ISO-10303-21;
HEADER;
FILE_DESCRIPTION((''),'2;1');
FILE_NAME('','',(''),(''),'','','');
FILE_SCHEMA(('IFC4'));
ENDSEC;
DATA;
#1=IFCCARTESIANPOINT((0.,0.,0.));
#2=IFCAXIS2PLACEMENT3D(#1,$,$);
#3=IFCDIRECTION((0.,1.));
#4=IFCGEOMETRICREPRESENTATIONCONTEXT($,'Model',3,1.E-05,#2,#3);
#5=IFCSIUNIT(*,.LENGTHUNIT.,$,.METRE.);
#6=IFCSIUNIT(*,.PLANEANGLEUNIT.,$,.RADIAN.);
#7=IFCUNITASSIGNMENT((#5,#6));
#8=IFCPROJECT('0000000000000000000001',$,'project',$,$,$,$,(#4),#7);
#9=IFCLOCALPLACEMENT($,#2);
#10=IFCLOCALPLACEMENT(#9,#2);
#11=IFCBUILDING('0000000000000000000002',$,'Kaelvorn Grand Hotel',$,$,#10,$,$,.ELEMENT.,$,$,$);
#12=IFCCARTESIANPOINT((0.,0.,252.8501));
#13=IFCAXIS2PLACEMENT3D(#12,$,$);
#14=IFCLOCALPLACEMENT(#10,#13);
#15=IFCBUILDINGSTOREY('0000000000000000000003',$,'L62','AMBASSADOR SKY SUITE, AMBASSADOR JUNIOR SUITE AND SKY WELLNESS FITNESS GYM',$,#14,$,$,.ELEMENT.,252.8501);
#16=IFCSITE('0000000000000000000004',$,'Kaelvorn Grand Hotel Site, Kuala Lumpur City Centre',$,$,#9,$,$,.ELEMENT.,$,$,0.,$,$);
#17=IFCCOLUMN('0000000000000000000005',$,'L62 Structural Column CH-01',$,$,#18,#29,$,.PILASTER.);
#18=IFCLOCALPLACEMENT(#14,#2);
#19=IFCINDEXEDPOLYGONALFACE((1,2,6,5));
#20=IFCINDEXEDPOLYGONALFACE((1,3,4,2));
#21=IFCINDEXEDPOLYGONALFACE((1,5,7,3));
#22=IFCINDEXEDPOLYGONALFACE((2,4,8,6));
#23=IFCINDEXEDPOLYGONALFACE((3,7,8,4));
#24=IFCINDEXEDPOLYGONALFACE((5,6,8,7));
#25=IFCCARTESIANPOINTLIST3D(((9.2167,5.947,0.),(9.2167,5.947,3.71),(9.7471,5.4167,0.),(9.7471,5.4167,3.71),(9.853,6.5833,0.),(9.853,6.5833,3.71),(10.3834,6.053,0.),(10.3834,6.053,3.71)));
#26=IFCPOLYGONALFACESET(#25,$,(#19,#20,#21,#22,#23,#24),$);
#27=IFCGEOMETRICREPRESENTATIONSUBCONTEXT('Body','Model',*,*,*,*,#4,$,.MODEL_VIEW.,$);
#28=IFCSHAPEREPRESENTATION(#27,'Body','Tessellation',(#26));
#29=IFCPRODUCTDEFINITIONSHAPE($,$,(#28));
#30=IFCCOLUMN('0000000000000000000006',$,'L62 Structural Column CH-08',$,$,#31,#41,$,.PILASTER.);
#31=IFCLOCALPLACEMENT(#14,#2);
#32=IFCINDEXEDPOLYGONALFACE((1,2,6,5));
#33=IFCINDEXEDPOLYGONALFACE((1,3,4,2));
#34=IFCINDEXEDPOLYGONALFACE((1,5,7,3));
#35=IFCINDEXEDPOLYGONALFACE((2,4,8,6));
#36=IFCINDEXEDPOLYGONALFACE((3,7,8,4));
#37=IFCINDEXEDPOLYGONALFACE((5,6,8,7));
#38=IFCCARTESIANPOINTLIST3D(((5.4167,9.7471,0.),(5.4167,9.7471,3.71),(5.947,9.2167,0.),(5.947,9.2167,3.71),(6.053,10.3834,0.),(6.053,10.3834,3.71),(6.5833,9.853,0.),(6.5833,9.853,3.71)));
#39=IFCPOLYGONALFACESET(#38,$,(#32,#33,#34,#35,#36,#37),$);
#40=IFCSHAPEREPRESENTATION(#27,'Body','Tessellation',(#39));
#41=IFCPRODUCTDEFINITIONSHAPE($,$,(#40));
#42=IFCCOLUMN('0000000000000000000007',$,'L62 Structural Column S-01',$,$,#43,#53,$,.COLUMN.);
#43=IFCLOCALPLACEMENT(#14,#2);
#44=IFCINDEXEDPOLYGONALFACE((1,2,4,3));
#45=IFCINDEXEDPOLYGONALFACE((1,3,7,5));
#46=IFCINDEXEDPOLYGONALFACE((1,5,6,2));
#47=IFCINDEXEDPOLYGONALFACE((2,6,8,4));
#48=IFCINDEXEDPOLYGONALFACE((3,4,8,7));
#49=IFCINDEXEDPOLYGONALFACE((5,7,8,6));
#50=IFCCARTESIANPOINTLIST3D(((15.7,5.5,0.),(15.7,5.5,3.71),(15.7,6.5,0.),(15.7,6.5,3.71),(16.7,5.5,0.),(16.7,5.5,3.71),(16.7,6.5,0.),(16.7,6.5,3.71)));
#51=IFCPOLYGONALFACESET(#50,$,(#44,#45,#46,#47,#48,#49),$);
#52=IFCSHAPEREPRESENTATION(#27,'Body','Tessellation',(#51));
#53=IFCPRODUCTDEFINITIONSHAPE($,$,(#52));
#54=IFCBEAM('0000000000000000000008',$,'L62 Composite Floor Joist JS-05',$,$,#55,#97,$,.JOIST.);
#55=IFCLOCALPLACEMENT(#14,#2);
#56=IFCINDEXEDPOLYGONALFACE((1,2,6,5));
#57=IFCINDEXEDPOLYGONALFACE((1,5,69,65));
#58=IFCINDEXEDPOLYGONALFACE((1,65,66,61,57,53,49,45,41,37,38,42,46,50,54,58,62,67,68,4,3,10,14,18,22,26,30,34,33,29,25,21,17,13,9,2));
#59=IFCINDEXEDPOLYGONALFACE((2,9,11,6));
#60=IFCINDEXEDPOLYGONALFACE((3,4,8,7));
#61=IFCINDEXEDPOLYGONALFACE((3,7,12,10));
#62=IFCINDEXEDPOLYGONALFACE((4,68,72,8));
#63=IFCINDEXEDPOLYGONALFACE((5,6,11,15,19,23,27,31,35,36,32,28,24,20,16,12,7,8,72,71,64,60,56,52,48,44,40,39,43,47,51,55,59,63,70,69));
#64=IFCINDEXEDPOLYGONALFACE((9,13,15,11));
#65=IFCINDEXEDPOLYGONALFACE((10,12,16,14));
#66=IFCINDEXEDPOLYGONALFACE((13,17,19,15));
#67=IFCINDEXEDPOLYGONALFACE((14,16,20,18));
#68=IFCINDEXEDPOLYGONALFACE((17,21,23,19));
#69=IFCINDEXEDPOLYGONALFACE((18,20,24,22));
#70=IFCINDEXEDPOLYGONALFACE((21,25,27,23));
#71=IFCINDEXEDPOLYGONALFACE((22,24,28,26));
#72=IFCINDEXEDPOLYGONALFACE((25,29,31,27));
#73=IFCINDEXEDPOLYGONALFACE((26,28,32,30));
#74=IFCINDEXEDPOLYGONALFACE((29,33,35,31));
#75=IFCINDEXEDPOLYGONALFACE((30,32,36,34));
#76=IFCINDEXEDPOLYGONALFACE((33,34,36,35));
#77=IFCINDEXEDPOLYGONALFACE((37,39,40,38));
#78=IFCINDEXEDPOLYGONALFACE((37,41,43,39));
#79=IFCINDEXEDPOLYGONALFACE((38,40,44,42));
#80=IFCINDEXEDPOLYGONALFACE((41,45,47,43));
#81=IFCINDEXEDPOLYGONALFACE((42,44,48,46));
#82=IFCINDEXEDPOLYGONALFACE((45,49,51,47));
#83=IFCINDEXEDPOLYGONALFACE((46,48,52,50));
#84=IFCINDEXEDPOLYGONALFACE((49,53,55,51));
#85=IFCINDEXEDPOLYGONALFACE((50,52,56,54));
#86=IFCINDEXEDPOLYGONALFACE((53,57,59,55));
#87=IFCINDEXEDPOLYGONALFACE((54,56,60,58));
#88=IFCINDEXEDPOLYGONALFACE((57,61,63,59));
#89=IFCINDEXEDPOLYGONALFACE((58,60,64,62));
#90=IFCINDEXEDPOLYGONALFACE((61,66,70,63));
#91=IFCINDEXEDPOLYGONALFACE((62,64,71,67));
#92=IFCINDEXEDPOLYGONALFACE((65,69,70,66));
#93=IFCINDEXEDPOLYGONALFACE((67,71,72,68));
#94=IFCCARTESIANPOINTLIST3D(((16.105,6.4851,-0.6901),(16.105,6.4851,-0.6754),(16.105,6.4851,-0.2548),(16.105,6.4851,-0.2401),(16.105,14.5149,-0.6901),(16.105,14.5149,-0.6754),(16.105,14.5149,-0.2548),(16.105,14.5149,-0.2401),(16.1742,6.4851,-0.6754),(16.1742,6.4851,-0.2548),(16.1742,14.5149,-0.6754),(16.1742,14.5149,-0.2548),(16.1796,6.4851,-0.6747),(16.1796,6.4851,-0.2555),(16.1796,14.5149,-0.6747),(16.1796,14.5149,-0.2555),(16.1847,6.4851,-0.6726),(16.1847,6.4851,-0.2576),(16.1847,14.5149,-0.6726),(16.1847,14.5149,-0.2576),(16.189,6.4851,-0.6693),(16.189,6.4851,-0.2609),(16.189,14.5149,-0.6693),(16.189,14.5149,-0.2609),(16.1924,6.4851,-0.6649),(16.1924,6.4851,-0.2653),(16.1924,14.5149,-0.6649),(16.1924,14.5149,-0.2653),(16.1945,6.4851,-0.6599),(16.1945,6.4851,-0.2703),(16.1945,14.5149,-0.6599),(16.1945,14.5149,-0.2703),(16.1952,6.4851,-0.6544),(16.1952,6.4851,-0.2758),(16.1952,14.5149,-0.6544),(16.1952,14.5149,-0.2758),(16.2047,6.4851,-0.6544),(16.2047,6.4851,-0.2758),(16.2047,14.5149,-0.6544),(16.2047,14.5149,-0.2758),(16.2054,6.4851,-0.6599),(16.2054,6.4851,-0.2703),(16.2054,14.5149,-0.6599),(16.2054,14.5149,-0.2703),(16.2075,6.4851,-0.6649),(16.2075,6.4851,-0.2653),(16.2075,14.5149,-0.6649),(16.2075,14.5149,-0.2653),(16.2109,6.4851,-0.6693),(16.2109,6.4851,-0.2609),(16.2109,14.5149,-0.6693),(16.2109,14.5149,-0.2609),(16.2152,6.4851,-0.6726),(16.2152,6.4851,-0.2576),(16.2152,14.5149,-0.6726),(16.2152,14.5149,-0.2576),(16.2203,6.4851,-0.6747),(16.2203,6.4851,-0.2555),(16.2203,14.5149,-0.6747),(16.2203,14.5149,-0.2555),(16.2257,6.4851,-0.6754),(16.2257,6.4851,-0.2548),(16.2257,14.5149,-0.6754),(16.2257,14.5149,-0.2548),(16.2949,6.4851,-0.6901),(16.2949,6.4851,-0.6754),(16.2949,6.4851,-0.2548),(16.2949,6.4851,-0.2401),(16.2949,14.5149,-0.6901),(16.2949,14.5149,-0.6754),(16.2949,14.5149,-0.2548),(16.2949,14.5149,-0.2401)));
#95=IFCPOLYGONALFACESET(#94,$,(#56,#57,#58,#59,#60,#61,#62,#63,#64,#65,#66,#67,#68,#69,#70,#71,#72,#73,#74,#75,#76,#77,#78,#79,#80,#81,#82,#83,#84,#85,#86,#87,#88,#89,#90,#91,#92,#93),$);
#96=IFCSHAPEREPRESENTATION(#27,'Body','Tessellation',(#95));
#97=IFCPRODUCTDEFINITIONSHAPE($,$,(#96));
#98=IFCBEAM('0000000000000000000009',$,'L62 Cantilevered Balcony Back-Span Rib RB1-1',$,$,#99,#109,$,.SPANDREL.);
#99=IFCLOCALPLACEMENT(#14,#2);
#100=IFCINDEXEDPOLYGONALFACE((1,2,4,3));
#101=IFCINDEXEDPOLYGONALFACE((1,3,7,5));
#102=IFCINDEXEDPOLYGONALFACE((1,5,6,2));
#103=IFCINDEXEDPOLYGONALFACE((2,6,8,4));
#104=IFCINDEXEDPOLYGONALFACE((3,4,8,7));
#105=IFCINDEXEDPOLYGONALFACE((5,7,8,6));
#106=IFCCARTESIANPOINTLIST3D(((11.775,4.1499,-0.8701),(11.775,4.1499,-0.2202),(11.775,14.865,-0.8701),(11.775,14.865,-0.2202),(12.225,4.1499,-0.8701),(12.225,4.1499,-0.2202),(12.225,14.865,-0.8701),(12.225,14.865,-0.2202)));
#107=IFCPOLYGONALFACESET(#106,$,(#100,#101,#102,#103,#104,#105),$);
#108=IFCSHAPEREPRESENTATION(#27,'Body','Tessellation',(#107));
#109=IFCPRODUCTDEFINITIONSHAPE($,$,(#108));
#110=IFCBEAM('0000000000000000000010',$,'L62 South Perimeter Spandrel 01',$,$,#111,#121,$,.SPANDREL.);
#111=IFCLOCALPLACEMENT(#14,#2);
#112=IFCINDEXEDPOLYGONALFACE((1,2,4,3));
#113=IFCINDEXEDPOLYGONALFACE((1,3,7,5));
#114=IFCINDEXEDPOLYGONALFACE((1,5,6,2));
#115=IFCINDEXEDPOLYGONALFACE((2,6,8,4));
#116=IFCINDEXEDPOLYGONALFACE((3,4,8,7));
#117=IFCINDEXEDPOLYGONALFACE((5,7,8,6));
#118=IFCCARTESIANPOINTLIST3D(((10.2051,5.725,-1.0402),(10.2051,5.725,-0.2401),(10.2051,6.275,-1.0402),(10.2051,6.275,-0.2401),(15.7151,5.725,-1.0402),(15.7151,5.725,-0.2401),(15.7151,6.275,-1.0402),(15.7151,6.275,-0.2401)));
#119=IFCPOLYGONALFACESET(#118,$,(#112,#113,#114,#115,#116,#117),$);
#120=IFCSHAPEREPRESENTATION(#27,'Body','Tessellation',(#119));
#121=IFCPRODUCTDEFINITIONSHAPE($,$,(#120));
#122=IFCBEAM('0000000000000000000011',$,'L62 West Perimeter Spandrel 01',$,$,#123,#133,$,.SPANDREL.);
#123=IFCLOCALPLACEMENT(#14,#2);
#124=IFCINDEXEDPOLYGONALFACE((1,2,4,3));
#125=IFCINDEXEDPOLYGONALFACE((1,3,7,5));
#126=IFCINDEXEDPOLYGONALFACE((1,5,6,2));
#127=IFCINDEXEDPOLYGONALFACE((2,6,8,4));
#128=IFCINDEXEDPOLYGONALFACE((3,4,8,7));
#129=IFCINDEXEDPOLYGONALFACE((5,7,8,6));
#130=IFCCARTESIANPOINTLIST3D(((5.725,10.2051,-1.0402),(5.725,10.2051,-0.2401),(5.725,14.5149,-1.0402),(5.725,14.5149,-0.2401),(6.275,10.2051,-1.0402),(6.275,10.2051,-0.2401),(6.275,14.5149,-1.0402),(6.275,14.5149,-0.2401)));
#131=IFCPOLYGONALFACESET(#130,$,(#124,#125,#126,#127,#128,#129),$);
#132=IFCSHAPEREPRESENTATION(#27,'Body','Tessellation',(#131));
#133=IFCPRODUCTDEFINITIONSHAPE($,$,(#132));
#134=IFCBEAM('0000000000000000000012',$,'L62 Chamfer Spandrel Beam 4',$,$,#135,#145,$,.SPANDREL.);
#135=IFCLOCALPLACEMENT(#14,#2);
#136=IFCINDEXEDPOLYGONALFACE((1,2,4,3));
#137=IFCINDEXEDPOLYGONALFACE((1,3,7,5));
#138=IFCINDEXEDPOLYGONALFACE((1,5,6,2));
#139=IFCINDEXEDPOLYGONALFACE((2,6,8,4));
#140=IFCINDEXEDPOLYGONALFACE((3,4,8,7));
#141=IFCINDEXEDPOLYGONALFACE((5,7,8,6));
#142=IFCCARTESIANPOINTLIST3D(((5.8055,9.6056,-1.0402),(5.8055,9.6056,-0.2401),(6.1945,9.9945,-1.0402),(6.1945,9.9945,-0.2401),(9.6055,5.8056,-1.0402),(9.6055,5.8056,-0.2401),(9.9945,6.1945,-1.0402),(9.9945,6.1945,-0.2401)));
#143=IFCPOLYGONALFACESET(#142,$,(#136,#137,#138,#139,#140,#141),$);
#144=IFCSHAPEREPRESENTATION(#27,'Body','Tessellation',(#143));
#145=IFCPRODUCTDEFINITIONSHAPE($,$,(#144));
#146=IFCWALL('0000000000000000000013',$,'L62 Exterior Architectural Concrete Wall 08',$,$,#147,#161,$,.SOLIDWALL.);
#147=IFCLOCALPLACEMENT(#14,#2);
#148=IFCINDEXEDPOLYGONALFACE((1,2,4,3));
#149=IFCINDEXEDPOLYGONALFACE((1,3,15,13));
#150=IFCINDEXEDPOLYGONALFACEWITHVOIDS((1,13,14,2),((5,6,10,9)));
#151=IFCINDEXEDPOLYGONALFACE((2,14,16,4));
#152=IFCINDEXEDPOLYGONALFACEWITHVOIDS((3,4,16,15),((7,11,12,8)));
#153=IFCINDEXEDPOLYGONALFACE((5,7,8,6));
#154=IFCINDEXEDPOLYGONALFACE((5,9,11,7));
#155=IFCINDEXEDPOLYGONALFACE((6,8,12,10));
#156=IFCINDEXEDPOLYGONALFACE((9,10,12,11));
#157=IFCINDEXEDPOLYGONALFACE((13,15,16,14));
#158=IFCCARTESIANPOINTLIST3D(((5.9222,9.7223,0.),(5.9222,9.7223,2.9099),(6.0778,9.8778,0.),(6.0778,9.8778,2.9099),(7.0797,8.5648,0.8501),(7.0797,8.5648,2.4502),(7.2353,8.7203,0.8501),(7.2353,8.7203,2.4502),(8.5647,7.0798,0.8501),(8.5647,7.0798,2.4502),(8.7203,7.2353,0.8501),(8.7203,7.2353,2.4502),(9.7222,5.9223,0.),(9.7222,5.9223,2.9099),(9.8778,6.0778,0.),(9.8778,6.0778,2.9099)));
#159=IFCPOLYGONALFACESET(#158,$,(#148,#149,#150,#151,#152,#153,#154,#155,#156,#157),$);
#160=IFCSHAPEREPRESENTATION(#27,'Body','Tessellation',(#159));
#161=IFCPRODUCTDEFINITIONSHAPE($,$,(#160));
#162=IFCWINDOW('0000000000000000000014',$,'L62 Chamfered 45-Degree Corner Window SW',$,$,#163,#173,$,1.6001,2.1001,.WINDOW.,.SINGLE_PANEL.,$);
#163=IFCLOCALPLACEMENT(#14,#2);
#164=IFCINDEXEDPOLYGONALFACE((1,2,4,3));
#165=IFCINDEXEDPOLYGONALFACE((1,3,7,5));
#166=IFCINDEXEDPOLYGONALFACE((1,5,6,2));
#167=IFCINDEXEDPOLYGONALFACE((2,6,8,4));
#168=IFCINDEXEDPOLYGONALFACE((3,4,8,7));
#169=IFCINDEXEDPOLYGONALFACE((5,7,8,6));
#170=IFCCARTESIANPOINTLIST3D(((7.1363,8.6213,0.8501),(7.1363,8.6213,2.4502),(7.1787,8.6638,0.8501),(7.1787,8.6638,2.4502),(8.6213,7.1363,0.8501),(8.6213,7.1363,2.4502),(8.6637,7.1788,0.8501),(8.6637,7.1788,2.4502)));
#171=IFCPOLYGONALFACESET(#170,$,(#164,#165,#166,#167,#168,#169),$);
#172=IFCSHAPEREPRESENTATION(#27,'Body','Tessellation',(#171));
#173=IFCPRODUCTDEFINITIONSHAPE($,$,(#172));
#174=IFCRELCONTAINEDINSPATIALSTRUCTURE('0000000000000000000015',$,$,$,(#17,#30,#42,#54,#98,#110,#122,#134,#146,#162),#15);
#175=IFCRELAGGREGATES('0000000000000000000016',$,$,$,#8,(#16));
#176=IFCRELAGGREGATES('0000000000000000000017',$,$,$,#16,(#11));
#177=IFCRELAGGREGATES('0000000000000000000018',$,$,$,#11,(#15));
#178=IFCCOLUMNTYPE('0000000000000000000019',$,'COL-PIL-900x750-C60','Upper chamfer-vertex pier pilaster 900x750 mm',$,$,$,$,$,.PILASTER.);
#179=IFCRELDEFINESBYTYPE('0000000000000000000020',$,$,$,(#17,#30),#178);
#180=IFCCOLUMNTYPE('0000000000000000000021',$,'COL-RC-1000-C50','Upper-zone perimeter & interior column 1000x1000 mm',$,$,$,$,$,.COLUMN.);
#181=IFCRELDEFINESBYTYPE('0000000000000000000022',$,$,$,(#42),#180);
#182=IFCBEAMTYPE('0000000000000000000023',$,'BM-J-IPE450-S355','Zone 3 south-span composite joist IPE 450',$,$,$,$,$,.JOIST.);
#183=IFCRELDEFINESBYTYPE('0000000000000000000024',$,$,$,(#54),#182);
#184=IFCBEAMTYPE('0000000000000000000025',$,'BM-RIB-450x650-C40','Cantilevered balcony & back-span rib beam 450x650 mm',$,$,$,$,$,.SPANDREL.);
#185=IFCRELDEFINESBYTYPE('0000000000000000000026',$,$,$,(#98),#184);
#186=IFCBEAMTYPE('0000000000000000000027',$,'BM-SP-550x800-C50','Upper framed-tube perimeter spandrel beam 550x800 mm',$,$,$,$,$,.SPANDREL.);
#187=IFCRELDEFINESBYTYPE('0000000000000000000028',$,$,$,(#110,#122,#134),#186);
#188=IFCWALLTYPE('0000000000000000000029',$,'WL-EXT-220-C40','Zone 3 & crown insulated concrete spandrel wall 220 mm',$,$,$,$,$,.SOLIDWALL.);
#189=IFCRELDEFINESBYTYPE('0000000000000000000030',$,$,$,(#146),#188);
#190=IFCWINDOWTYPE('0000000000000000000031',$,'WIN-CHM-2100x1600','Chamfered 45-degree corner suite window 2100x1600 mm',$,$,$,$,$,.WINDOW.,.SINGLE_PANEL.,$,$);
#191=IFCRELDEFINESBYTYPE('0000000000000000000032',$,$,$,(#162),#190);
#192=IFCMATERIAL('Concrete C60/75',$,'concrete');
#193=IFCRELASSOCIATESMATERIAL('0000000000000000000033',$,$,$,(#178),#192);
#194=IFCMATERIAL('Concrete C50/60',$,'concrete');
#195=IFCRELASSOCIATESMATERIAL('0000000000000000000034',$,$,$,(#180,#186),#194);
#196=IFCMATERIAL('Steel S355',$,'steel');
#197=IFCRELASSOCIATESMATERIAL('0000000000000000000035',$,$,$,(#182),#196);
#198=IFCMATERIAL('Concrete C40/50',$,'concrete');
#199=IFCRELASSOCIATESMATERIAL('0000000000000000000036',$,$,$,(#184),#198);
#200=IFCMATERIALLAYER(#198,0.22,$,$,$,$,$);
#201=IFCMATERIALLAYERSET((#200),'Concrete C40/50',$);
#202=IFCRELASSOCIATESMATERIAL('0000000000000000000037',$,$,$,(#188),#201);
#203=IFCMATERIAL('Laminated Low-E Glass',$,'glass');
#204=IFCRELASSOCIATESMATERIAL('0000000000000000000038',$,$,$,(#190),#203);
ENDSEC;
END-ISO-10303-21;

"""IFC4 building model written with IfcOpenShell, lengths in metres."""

from ifc_helpers import new_model, si_unit, direction, frame, frame_2d, origin, origin_2d, place, context, subcontext, project, spatial, rectangle, i_section, extrude, material, layer, layer_set, material_profile, profile_set, type_object, element, fill, save


model = new_model("IFC4")

# Units and contexts
model_context = context("Model", 3, precision=1e-05, world=origin(), true_north=direction((0.0, 1.0)))
body_context = subcontext(model_context, "Body", "Model", "MODEL_VIEW")
ifc_project = project(units=[si_unit("LENGTHUNIT", "METRE"), si_unit("PLANEANGLEUNIT", "RADIAN")], contexts=[model_context])

# Site, building, storey
site_placement = place(None, origin())
site = spatial("IfcSite", under=ifc_project, at=site_placement, Name="Kaelvorn Grand Hotel Site, Kuala Lumpur City Centre", CompositionType="ELEMENT", RefElevation=0.0)
building_placement = place(site_placement, origin())
building = spatial("IfcBuilding", under=site, at=building_placement, Name="Kaelvorn Grand Hotel", CompositionType="ELEMENT")
storey_placement = place(building_placement, frame((0.0, 0.0, 252.8501)))
storey = spatial("IfcBuildingStorey", under=building, at=storey_placement, Name="L62", Description="AMBASSADOR SKY SUITE, AMBASSADOR JUNIOR SUITE AND SKY WELLNESS FITNESS GYM", CompositionType="ELEMENT", Elevation=252.8501)

# Columns
ifc_material_1 = material(Name="Concrete C60/75", Category="concrete")
ifc_material_profile_1 = material_profile(ifc_material_1, rectangle(XDim=0.8999, YDim=0.75, at=origin_2d()), Name="RC PILASTER 900x750")
ifc_profile_set_1 = profile_set([ifc_material_profile_1], Name="Concrete C60/75")
column_type_1 = type_object("IfcColumnType", Name="COL-PIL-900x750-C60", Description="Upper chamfer-vertex pier pilaster 900x750 mm", PredefinedType="PILASTER", material=ifc_profile_set_1)
for number, where, z_axis, x_axis, name in (
    (1, (9.8, 6.0, 0.0), (0.0, 0.0, 1.0), (0.707107, 0.707107, 0.0), "L62 Structural Column CH-01"),
    (2, (6.0, 9.8, 0.0), (0.0, 0.0, 1.0), (0.707107, 0.707107, 0.0), "L62 Structural Column CH-08"),
):
    element("IfcColumn", number, at=place(storey_placement, frame(where, z_axis=z_axis, x_axis=x_axis)), inside=storey, type_object=column_type_1, Name=name, PredefinedType="PILASTER", context=body_context, shape_type="SweptSolid", body=[
        extrude(rectangle(XDim=0.8999, YDim=0.75, at=origin_2d()), origin(), (0.0, 0.0, 1.0), 3.71),
    ])
ifc_material_2 = material(Name="Concrete C50/60", Category="concrete")
ifc_material_profile_2 = material_profile(ifc_material_2, rectangle(XDim=1.0, YDim=1.0, at=origin_2d()), Name="RC COL 1000x1000")
ifc_profile_set_2 = profile_set([ifc_material_profile_2], Name="Concrete C50/60")
column_type_2 = type_object("IfcColumnType", Name="COL-RC-1000-C50", Description="Upper-zone perimeter & interior column 1000x1000 mm", PredefinedType="COLUMN", material=ifc_profile_set_2)
column_placement = place(storey_placement, frame((16.2, 6.0, 0.0), z_axis=(0.0, 0.0, 1.0), x_axis=(1.0, 0.0, 0.0)))
element("IfcColumn", 3, at=column_placement, inside=storey, type_object=column_type_2, Name="L62 Structural Column S-01", PredefinedType="COLUMN", context=body_context, shape_type="SweptSolid", body=[
    extrude(rectangle(XDim=1.0, YDim=1.0, at=origin_2d()), origin(), (0.0, 0.0, 1.0), 3.71),
])

# Beams
ifc_material_3 = material(Name="Steel S355", Category="steel")
ifc_material_profile_3 = material_profile(ifc_material_3, i_section(OverallWidth=0.1899, OverallDepth=0.45, WebThickness=0.0095, FlangeThickness=0.0146, FilletRadius=0.021, at=origin_2d()), Name="IPE 450")
ifc_profile_set_3 = profile_set([ifc_material_profile_3], Name="Steel S355")
beam_type_1 = type_object("IfcBeamType", Name="BM-J-IPE450-S355", Description="Zone 3 south-span composite joist IPE 450", PredefinedType="JOIST", material=ifc_profile_set_3)
beam_1_placement = place(storey_placement, frame((16.2, 6.4851, -0.4651), z_axis=(0.0, 1.0, 0.0), x_axis=(-1.0, 0.0, 0.0)))
element("IfcBeam", 4, at=beam_1_placement, inside=storey, type_object=beam_type_1, Name="L62 Composite Floor Joist JS-05", PredefinedType="JOIST", context=body_context, shape_type="SweptSolid", body=[
    extrude(i_section(OverallWidth=0.1899, OverallDepth=0.45, WebThickness=0.0095, FlangeThickness=0.0146, FilletRadius=0.021, at=origin_2d()), origin(), (0.0, 0.0, 1.0), 8.0298),
])
ifc_material_4 = material(Name="Concrete C40/50", Category="concrete")
ifc_material_profile_4 = material_profile(ifc_material_4, rectangle(XDim=0.45, YDim=0.6499, at=origin_2d()), Name="RC RIB 450x650")
ifc_profile_set_4 = profile_set([ifc_material_profile_4], Name="Concrete C40/50")
beam_type_2 = type_object("IfcBeamType", Name="BM-RIB-450x650-C40", Description="Cantilevered balcony & back-span rib beam 450x650 mm", PredefinedType="SPANDREL", material=ifc_profile_set_4)
beam_2_placement = place(storey_placement, frame((12.0, 4.1499, -0.5452), z_axis=(0.0, 1.0, 0.0), x_axis=(-1.0, 0.0, 0.0)))
element("IfcBeam", 5, at=beam_2_placement, inside=storey, type_object=beam_type_2, Name="L62 Cantilevered Balcony Back-Span Rib RB1-1", PredefinedType="SPANDREL", context=body_context, shape_type="SweptSolid", body=[
    extrude(rectangle(XDim=0.45, YDim=0.6499, at=origin_2d()), origin(), (0.0, 0.0, 1.0), 10.7151),
])
ifc_material_profile_5 = material_profile(ifc_material_2, rectangle(XDim=0.55, YDim=0.8, at=origin_2d()), Name="RC SPANDREL 550x800")
ifc_profile_set_5 = profile_set([ifc_material_profile_5], Name="Concrete C50/60")
beam_type_3 = type_object("IfcBeamType", Name="BM-SP-550x800-C50", Description="Upper framed-tube perimeter spandrel beam 550x800 mm", PredefinedType="SPANDREL", material=ifc_profile_set_5)
beam_3_placement = place(storey_placement, frame((10.2051, 6.0, -0.6401), z_axis=(1.0, 0.0, 0.0), x_axis=(0.0, 1.0, 0.0)))
element("IfcBeam", 6, at=beam_3_placement, inside=storey, type_object=beam_type_3, Name="L62 South Perimeter Spandrel 01", PredefinedType="SPANDREL", context=body_context, shape_type="SweptSolid", body=[
    extrude(rectangle(XDim=0.55, YDim=0.8, at=origin_2d()), origin(), (0.0, 0.0, 1.0), 5.51),
])
beam_4_placement = place(storey_placement, frame((6.0, 10.2051, -0.6401), z_axis=(0.0, 1.0, 0.0), x_axis=(-1.0, 0.0, 0.0)))
element("IfcBeam", 7, at=beam_4_placement, inside=storey, type_object=beam_type_3, Name="L62 West Perimeter Spandrel 01", PredefinedType="SPANDREL", context=body_context, shape_type="SweptSolid", body=[
    extrude(rectangle(XDim=0.55, YDim=0.8, at=origin_2d()), origin(), (0.0, 0.0, 1.0), 4.3098),
])
beam_5_placement = place(storey_placement, frame((6.0, 9.8, -0.6401), z_axis=(0.707107, -0.707107, 0.0), x_axis=(0.707107, 0.707107, 0.0)))
element("IfcBeam", 8, at=beam_5_placement, inside=storey, type_object=beam_type_3, Name="L62 Chamfer Spandrel Beam 4", PredefinedType="SPANDREL", context=body_context, shape_type="SweptSolid", body=[
    extrude(rectangle(XDim=0.55, YDim=0.8, at=origin_2d()), origin(), (0.0, 0.0, 1.0), 5.374),
])

# Shared definitions
ifc_layer = layer(ifc_material_4, 0.22)
ifc_layer_set = layer_set([ifc_layer], Name="Concrete C40/50")
wall_type = type_object("IfcWallType", Name="WL-EXT-220-C40", Description="Zone 3 & crown insulated concrete spandrel wall 220 mm", PredefinedType="SOLIDWALL", material=ifc_layer_set)
ifc_material_5 = material(Name="Laminated Low-E Glass", Category="glass")

# Wall, opening, window
wall_1_placement = place(storey_placement, frame((6.0, 9.8, 0.0), z_axis=(0.0, 0.0, 1.0), x_axis=(0.707107, -0.707107, 0.0)))
wall_1 = element("IfcWall", 9, at=wall_1_placement, inside=storey, type_object=wall_type, Name="L62 Exterior Architectural Concrete Wall 08", PredefinedType="SOLIDWALL", context=body_context, shape_type="SweptSolid", body=[
    extrude(rectangle(XDim=5.374, YDim=0.22, at=frame_2d((2.687, 0.0))), origin(), (0.0, 0.0, 1.0), 2.9099),
])
opening_1_placement = place(wall_1_placement, frame((1.637, 0.0, 0.8501)))
opening_1 = element("IfcOpeningElement", 10, at=opening_1_placement, cuts=wall_1, PredefinedType="OPENING", context=body_context, shape_type="SweptSolid", body=[
    extrude(rectangle(XDim=2.1001, YDim=1.6001, at=frame_2d((1.05, 0.8))), frame((0.0, 0.1201, 0.0), z_axis=(0.0, -1.0, 0.0), x_axis=(1.0, 0.0, 0.0)), (0.0, 0.0, 1.0), 0.24),
])
window_type_1 = type_object("IfcWindowType", Name="WIN-CHM-2100x1600", Description="Chamfered 45-degree corner suite window 2100x1600 mm", PartitioningType="SINGLE_PANEL", PredefinedType="WINDOW", material=ifc_material_5)
window_1_placement = place(opening_1_placement, origin())
window_1 = element("IfcWindow", 11, at=window_1_placement, inside=storey, type_object=window_type_1, Name="L62 Chamfered 45-Degree Corner Window SW", OverallHeight=1.6001, OverallWidth=2.1001, PartitioningType="SINGLE_PANEL", PredefinedType="WINDOW", context=body_context, shape_type="SweptSolid", body=[
    extrude(rectangle(XDim=2.1001, YDim=1.6001, at=frame_2d((1.05, 0.8))), frame((0.0, 0.03, 0.0), z_axis=(0.0, -1.0, 0.0), x_axis=(1.0, 0.0, 0.0)), (0.0, 0.0, 1.0), 0.0601),
])
fill(opening_1, window_1)

save(model, "model.ifc")
